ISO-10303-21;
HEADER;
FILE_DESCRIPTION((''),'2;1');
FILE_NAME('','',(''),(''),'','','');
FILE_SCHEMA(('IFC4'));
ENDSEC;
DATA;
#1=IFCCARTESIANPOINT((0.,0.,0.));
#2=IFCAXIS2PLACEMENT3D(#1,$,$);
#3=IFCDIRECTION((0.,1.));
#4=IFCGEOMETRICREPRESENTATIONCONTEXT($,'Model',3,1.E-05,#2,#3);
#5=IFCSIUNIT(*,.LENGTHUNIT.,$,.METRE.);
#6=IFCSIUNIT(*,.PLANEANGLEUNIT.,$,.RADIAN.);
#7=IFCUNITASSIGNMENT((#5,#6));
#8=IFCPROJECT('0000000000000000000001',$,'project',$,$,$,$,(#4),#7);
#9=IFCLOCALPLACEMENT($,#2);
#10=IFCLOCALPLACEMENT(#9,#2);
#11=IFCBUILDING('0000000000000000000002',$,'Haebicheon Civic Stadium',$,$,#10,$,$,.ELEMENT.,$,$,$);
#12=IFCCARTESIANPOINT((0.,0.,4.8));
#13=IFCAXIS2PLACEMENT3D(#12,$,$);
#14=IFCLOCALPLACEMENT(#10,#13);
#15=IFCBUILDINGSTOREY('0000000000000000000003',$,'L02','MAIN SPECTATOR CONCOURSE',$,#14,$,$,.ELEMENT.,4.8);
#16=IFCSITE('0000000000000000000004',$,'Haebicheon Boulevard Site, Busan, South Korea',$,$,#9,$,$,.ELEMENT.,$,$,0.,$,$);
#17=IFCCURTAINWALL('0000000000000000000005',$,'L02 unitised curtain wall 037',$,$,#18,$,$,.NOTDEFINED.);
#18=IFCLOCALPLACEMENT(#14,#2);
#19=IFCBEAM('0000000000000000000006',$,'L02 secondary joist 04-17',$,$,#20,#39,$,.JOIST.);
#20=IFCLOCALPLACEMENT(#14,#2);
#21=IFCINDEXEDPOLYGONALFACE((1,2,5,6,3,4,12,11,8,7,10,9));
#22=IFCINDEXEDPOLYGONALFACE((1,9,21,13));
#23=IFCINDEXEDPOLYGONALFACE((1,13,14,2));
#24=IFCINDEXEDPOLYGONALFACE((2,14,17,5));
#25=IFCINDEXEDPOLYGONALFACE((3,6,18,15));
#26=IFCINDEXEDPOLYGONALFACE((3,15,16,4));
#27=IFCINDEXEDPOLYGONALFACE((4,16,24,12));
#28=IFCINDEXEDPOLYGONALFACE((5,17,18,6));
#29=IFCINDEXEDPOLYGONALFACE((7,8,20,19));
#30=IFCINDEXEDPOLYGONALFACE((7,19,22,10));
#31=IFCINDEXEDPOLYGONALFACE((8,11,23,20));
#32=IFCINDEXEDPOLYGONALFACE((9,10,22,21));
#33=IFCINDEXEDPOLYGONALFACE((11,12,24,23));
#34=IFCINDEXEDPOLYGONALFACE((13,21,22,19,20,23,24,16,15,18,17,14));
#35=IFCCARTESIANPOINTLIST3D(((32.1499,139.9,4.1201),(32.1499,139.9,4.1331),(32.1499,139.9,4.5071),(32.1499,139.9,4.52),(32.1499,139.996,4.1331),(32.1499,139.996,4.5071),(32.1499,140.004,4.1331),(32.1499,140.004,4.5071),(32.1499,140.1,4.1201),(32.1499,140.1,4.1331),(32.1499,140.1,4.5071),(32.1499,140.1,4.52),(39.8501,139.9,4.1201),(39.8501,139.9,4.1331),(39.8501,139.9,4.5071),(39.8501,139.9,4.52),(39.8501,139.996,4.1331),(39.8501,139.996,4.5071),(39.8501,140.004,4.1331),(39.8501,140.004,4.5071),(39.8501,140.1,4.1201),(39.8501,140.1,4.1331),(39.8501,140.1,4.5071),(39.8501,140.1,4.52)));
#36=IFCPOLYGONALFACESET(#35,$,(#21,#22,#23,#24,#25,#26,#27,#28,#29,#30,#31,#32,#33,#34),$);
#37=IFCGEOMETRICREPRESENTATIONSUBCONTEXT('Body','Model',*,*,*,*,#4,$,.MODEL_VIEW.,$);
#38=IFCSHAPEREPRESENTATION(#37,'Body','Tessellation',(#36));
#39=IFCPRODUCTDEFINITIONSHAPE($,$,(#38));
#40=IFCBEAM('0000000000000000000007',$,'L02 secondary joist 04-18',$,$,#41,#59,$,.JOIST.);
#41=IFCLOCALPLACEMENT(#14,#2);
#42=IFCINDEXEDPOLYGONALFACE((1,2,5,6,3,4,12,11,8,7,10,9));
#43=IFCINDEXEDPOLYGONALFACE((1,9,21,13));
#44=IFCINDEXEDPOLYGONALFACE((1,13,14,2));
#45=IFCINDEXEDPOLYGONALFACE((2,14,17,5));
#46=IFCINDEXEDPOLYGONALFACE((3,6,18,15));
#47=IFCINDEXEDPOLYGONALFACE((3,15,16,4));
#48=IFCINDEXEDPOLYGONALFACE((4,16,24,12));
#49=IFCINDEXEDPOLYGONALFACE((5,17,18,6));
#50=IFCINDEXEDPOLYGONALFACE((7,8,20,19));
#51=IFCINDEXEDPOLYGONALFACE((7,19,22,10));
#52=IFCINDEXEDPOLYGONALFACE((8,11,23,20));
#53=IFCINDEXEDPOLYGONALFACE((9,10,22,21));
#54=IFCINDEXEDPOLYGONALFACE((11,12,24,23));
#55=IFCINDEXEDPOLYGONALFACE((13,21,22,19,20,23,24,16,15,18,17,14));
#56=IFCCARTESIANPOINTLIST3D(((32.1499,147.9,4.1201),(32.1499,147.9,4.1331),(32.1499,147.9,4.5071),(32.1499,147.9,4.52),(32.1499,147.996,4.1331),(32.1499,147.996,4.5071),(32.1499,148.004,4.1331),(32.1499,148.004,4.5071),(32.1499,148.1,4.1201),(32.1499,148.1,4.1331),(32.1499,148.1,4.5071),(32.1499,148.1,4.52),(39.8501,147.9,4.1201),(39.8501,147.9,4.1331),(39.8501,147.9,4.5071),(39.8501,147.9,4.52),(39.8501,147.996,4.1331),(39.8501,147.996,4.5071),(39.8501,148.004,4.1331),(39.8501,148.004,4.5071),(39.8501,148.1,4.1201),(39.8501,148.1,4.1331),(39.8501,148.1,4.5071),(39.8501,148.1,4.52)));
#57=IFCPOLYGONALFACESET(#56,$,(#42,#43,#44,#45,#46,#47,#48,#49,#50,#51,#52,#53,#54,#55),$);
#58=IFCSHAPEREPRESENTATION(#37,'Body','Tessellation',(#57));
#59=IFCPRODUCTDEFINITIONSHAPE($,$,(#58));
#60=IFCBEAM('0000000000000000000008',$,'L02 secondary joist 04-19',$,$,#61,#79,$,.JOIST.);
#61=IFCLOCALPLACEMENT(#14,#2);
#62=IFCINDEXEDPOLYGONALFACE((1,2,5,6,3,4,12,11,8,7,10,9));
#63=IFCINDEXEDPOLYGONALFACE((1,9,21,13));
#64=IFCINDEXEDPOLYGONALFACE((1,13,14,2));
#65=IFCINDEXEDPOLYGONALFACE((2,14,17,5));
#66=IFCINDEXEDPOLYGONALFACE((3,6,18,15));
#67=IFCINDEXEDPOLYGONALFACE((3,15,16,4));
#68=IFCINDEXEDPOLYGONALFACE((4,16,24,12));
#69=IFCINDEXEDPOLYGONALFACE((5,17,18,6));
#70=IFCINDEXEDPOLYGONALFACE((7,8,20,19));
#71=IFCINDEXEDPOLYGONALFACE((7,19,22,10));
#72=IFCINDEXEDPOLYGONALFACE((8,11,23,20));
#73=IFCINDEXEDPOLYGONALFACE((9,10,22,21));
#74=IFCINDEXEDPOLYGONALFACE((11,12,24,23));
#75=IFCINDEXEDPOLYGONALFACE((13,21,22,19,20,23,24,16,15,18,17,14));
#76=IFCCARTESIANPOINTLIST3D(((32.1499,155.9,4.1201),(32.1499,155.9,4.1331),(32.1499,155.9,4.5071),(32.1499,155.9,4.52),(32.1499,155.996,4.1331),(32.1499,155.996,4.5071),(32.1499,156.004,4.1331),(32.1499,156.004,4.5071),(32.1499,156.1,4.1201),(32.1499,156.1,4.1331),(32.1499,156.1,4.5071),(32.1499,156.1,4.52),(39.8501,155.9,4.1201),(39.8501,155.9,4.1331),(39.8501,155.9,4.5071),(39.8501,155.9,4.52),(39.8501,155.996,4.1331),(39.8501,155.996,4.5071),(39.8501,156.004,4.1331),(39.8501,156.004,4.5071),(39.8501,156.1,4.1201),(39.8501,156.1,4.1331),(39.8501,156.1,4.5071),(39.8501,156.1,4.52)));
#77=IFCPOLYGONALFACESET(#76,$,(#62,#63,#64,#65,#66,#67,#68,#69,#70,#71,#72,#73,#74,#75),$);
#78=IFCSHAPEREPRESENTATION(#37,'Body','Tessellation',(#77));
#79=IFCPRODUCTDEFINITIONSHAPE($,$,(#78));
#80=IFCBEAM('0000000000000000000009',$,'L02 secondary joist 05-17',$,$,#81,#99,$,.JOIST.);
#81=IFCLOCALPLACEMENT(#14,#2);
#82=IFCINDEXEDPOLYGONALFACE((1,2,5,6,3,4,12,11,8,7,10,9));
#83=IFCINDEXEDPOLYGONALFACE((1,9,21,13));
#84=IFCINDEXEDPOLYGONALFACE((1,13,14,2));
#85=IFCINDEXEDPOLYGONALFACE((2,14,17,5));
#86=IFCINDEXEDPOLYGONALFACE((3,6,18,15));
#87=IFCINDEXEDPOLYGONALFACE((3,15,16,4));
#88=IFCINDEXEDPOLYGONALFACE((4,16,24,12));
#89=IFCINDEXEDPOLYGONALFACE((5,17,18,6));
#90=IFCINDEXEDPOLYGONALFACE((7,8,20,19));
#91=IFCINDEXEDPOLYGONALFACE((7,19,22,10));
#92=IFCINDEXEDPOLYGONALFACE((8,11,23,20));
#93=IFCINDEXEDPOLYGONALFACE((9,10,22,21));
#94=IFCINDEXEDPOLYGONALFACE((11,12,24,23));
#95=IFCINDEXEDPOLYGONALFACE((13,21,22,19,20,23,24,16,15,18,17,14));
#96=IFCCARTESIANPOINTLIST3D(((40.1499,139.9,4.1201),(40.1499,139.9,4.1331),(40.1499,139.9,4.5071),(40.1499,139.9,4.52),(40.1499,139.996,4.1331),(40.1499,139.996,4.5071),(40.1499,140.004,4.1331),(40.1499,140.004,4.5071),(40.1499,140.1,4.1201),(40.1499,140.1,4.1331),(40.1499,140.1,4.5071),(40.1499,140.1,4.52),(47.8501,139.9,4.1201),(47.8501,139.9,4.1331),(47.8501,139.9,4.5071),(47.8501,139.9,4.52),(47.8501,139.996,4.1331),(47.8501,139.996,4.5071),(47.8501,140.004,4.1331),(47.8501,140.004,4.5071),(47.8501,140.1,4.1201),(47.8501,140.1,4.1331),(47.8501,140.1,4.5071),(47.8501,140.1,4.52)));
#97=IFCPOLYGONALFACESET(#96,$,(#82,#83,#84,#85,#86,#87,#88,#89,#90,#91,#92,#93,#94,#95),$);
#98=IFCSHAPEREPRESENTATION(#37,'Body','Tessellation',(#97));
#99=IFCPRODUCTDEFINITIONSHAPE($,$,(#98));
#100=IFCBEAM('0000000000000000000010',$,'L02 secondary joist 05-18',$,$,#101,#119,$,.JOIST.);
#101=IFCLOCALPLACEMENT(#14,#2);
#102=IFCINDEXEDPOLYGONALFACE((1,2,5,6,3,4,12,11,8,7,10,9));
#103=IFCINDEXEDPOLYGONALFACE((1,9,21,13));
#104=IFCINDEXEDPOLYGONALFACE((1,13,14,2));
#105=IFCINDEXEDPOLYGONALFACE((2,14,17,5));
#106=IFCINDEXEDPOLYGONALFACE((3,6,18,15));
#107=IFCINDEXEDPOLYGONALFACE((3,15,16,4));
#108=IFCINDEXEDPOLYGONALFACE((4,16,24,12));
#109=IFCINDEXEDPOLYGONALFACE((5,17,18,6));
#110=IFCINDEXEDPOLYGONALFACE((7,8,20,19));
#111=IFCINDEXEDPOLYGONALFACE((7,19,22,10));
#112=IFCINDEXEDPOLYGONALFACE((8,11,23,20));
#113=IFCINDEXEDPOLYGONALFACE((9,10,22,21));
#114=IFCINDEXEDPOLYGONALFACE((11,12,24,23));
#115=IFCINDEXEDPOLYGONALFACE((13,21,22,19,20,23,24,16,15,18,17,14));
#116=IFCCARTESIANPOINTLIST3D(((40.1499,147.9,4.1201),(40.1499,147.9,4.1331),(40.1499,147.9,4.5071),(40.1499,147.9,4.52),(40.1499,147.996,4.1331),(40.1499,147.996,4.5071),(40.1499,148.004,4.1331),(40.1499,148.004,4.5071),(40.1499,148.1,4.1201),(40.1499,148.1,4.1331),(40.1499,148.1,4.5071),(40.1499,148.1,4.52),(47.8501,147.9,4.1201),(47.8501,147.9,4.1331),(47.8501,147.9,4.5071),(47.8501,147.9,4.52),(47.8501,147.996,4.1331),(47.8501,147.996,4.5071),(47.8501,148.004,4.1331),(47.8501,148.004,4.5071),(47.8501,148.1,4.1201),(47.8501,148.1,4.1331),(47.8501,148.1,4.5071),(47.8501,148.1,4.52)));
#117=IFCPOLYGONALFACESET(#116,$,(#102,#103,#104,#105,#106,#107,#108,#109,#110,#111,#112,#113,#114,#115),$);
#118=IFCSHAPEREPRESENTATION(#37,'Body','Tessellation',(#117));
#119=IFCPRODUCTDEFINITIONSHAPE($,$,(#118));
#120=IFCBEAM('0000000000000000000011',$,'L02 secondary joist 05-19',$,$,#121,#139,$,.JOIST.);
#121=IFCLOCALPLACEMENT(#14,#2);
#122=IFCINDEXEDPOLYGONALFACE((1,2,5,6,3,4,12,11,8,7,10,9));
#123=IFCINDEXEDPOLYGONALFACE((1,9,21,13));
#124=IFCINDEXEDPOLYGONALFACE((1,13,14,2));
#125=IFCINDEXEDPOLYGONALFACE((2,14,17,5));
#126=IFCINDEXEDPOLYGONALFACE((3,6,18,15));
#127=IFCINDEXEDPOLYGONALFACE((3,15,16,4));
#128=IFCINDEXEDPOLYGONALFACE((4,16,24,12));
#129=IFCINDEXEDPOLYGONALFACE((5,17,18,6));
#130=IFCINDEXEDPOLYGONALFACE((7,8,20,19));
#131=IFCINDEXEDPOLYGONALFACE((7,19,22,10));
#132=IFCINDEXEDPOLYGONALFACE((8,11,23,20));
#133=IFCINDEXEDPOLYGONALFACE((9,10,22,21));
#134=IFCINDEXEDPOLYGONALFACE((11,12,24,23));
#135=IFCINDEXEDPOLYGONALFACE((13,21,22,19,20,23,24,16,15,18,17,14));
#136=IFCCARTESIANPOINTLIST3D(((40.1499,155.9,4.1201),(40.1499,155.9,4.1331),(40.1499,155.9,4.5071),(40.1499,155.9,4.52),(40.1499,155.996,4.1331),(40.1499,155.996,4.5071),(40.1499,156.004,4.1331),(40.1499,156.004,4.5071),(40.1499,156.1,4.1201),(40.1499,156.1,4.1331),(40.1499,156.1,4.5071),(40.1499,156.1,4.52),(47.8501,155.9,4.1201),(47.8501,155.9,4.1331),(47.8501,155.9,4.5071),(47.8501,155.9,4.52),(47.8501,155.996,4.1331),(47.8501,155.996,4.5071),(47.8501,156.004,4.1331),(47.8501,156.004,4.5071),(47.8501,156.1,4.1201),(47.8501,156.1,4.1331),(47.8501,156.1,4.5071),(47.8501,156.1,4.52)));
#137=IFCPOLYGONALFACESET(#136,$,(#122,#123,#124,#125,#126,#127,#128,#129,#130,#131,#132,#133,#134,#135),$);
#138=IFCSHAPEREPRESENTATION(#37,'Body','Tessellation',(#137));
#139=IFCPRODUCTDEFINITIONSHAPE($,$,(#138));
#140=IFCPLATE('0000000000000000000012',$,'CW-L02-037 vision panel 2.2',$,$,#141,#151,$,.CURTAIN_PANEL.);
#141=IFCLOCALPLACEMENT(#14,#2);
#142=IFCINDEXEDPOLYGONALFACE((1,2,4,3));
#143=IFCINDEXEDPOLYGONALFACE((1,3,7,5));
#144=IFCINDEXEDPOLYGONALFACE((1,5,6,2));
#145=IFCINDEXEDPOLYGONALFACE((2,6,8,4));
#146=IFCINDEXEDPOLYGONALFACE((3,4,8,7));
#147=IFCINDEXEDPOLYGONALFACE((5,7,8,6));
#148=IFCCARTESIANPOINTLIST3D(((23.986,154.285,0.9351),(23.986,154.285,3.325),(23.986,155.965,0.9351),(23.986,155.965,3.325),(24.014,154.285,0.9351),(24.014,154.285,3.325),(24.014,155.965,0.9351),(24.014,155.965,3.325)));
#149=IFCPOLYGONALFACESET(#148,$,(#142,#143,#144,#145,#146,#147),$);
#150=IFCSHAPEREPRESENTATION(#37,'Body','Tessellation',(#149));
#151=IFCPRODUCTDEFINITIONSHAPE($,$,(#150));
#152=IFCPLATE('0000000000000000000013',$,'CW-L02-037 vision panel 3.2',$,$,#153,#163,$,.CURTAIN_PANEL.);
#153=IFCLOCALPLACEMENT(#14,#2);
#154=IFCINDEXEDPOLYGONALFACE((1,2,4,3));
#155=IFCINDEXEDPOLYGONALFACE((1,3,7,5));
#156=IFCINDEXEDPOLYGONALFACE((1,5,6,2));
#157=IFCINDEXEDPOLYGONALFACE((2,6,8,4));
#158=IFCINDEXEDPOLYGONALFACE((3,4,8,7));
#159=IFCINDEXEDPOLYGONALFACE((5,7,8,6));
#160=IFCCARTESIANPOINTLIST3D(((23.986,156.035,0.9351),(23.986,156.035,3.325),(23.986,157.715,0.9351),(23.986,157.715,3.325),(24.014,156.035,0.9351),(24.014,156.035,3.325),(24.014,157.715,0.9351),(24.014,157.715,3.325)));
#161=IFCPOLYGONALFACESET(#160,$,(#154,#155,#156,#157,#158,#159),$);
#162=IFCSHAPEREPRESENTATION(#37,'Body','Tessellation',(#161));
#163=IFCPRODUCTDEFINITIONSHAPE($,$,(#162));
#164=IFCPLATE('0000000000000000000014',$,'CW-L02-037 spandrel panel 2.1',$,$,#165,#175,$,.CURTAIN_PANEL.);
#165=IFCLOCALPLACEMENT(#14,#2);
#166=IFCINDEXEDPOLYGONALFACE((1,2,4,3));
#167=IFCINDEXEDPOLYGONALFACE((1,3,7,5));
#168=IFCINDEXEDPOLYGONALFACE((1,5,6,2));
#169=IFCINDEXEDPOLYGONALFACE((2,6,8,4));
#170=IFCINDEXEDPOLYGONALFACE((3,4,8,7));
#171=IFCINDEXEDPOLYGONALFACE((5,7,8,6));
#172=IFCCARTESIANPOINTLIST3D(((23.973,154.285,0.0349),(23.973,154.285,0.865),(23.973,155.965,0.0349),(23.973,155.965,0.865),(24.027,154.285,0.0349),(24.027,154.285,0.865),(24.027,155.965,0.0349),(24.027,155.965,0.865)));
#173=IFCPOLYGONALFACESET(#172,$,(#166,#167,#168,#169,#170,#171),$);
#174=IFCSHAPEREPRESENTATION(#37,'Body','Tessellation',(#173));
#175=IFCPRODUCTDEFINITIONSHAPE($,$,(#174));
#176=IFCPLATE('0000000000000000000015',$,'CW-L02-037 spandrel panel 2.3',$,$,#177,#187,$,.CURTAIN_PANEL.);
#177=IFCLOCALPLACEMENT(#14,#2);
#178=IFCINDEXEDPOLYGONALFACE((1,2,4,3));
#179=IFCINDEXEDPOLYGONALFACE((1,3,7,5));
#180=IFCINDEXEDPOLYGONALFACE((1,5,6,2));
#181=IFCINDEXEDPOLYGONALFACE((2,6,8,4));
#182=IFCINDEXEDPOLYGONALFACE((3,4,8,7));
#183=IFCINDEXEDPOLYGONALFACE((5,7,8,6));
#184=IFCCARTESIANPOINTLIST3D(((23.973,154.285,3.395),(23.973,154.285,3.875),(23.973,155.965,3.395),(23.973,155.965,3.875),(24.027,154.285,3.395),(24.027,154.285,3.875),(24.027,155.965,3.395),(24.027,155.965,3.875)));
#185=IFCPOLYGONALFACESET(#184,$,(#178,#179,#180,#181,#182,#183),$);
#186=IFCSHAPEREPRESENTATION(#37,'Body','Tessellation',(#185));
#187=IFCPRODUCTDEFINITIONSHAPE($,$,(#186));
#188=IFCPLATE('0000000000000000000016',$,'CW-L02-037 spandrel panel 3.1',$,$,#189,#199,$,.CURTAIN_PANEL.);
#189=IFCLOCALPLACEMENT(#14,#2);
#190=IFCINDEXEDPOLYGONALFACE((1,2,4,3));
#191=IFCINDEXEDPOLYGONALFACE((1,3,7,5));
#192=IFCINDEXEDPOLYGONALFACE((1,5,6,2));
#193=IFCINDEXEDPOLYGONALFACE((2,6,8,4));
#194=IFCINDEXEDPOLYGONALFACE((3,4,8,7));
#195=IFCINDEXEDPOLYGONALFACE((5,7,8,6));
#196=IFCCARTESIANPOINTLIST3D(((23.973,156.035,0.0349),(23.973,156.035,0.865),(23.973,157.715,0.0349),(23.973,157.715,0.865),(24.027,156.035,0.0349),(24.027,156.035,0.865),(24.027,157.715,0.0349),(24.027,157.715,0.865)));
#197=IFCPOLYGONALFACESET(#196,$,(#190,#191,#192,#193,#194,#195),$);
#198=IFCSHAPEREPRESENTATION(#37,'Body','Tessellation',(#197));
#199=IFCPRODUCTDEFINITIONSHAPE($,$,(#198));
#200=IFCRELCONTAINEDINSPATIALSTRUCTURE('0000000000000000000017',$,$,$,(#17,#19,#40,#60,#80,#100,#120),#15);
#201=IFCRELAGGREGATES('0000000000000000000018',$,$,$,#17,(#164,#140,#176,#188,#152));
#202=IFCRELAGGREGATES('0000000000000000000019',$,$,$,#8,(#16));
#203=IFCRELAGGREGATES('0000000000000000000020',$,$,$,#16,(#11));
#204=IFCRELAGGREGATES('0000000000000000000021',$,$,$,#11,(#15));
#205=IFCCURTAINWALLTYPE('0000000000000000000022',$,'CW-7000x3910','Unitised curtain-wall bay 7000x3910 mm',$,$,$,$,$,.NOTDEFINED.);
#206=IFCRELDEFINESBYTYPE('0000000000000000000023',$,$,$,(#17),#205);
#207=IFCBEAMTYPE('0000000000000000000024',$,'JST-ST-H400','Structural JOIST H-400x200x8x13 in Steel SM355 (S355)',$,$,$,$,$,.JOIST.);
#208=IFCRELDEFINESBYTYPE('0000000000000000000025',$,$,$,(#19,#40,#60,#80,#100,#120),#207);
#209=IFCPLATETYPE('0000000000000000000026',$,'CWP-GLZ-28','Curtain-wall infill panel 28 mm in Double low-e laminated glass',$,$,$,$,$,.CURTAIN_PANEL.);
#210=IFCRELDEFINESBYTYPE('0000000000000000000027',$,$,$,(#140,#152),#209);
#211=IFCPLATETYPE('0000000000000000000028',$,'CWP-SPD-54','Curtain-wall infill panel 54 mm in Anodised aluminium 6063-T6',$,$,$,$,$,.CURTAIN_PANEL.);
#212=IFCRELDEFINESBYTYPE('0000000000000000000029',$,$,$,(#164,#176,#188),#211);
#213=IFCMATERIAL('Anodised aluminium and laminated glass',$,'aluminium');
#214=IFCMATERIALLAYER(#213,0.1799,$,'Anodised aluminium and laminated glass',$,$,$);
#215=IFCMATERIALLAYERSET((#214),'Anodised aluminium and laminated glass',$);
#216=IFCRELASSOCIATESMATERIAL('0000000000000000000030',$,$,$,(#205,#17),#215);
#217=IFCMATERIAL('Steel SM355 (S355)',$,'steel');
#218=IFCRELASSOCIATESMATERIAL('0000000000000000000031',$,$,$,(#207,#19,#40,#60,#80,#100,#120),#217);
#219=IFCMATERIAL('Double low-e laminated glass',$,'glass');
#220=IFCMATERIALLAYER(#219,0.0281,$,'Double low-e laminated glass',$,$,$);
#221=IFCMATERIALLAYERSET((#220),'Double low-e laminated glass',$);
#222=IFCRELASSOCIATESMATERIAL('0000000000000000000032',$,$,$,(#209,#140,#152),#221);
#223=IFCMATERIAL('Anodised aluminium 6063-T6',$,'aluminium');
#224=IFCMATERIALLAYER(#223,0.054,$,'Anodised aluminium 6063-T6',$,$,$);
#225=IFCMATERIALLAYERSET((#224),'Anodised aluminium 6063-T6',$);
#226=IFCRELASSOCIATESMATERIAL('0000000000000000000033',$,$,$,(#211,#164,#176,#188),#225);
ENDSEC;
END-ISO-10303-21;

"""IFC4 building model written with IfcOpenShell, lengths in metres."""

from ifc_helpers import new_model, si_unit, direction, frame, origin, origin_2d, place, context, subcontext, project, spatial, rectangle, i_section, extrude, material, layer, layer_set, material_profile, profile_set, type_object, element, aggregate, save


model = new_model("IFC4")

# Units and contexts
model_context = context("Model", 3, precision=1e-05, world=origin(), true_north=direction((0.0, 1.0)))
body_context = subcontext(model_context, "Body", "Model", "MODEL_VIEW")
ifc_project = project(units=[si_unit("LENGTHUNIT", "METRE"), si_unit("PLANEANGLEUNIT", "RADIAN")], contexts=[model_context])

# Site, building, storey
site_placement = place(None, origin())
site = spatial("IfcSite", under=ifc_project, at=site_placement, Name="Haebicheon Boulevard Site, Busan, South Korea", CompositionType="ELEMENT", RefElevation=0.0)
building_placement = place(site_placement, origin())
building = spatial("IfcBuilding", under=site, at=building_placement, Name="Haebicheon Civic Stadium", CompositionType="ELEMENT")
storey_placement = place(building_placement, frame((0.0, 0.0, 4.8)))
storey = spatial("IfcBuildingStorey", under=building, at=storey_placement, Name="L02", Description="MAIN SPECTATOR CONCOURSE", CompositionType="ELEMENT", Elevation=4.8)

# Curtain wall
ifc_material_1 = material(Name="Anodised aluminium and laminated glass", Category="aluminium")
ifc_layer_1 = layer(ifc_material_1, 0.1799, Name="Anodised aluminium and laminated glass")
ifc_layer_set_1 = layer_set([ifc_layer_1], Name="Anodised aluminium and laminated glass")
curtain_wall_type = type_object("IfcCurtainWallType", Name="CW-7000x3910", Description="Unitised curtain-wall bay 7000x3910 mm", PredefinedType="NOTDEFINED", material=ifc_layer_set_1)
curtain_wall_placement = place(storey_placement, origin())
curtain_wall = element("IfcCurtainWall", 1, at=curtain_wall_placement, inside=storey, type_object=curtain_wall_type, material=ifc_layer_set_1, Name="L02 unitised curtain wall 037", PredefinedType="NOTDEFINED")

# Beams
ifc_material_2 = material(Name="Steel SM355 (S355)", Category="steel")
ifc_material_profile_1 = material_profile(ifc_material_2, i_section(OverallWidth=0.2, OverallDepth=0.3999, WebThickness=0.0081, FlangeThickness=0.0129, at=origin_2d()), Name="H-400x200x8x13")
ifc_profile_set_1 = profile_set([ifc_material_profile_1], Name="Steel SM355 (S355)")
beam_type_1 = type_object("IfcBeamType", Name="JST-ST-H400", Description="Structural JOIST H-400x200x8x13 in Steel SM355 (S355)", PredefinedType="JOIST", material=ifc_profile_set_1)
for number, where, z_axis, x_axis, name in (
    (2, (32.1499, 140.0, 4.3201), (1.0, 0.0, 0.0), (0.0, 1.0, 0.0), "L02 secondary joist 04-17"),
    (3, (32.1499, 148.0, 4.3201), (1.0, 0.0, 0.0), (0.0, 1.0, 0.0), "L02 secondary joist 04-18"),
    (4, (32.1499, 156.0, 4.3201), (1.0, 0.0, 0.0), (0.0, 1.0, 0.0), "L02 secondary joist 04-19"),
    (5, (40.1499, 140.0, 4.3201), (1.0, 0.0, 0.0), (0.0, 1.0, 0.0), "L02 secondary joist 05-17"),
    (6, (40.1499, 148.0, 4.3201), (1.0, 0.0, 0.0), (0.0, 1.0, 0.0), "L02 secondary joist 05-18"),
    (7, (40.1499, 156.0, 4.3201), (1.0, 0.0, 0.0), (0.0, 1.0, 0.0), "L02 secondary joist 05-19"),
):
    element("IfcBeam", number, at=place(storey_placement, frame(where, z_axis=z_axis, x_axis=x_axis)), inside=storey, type_object=beam_type_1, material=ifc_profile_set_1, Name=name, PredefinedType="JOIST", context=body_context, shape_type="SweptSolid", body=[
        extrude(i_section(OverallWidth=0.2, OverallDepth=0.3999, WebThickness=0.0081, FlangeThickness=0.0129, at=origin_2d()), origin(), (0.0, 0.0, 1.0), 7.7002),
    ])

# Plates
ifc_material_3 = material(Name="Double low-e laminated glass", Category="glass")
ifc_layer_2 = layer(ifc_material_3, 0.0281, Name="Double low-e laminated glass")
ifc_layer_set_2 = layer_set([ifc_layer_2], Name="Double low-e laminated glass")
plate_type_1 = type_object("IfcPlateType", Name="CWP-GLZ-28", Description="Curtain-wall infill panel 28 mm in Double low-e laminated glass", PredefinedType="CURTAIN_PANEL", material=ifc_layer_set_2)
plate_1_placement = place(storey_placement, frame((24.0, 155.125, 0.9351), z_axis=(0.0, 0.0, 1.0), x_axis=(0.0, 1.0, 0.0)))
plate_1 = element("IfcPlate", 8, at=plate_1_placement, type_object=plate_type_1, material=ifc_layer_set_2, Name="CW-L02-037 vision panel 2.2", PredefinedType="CURTAIN_PANEL", context=body_context, shape_type="SweptSolid", body=[
    extrude(rectangle(XDim=1.6799, YDim=0.0281, at=origin_2d()), origin(), (0.0, 0.0, 1.0), 2.3899),
])
plate_2_placement = place(storey_placement, frame((24.0, 156.875, 0.9351), z_axis=(0.0, 0.0, 1.0), x_axis=(0.0, 1.0, 0.0)))
plate_2 = element("IfcPlate", 9, at=plate_2_placement, type_object=plate_type_1, material=ifc_layer_set_2, Name="CW-L02-037 vision panel 3.2", PredefinedType="CURTAIN_PANEL", context=body_context, shape_type="SweptSolid", body=[
    extrude(rectangle(XDim=1.6799, YDim=0.0281, at=origin_2d()), origin(), (0.0, 0.0, 1.0), 2.3899),
])
ifc_material_4 = material(Name="Anodised aluminium 6063-T6", Category="aluminium")
ifc_layer_3 = layer(ifc_material_4, 0.054, Name="Anodised aluminium 6063-T6")
ifc_layer_set_3 = layer_set([ifc_layer_3], Name="Anodised aluminium 6063-T6")
plate_type_2 = type_object("IfcPlateType", Name="CWP-SPD-54", Description="Curtain-wall infill panel 54 mm in Anodised aluminium 6063-T6", PredefinedType="CURTAIN_PANEL", material=ifc_layer_set_3)
plate_3_placement = place(storey_placement, frame((24.0, 155.125, 0.0349), z_axis=(0.0, 0.0, 1.0), x_axis=(0.0, 1.0, 0.0)))
plate_3 = element("IfcPlate", 10, at=plate_3_placement, type_object=plate_type_2, material=ifc_layer_set_3, Name="CW-L02-037 spandrel panel 2.1", PredefinedType="CURTAIN_PANEL", context=body_context, shape_type="SweptSolid", body=[
    extrude(rectangle(XDim=1.6799, YDim=0.054, at=origin_2d()), origin(), (0.0, 0.0, 1.0), 0.8301),
])
plate_4_placement = place(storey_placement, frame((24.0, 155.125, 3.395), z_axis=(0.0, 0.0, 1.0), x_axis=(0.0, 1.0, 0.0)))
plate_4 = element("IfcPlate", 11, at=plate_4_placement, type_object=plate_type_2, material=ifc_layer_set_3, Name="CW-L02-037 spandrel panel 2.3", PredefinedType="CURTAIN_PANEL", context=body_context, shape_type="SweptSolid", body=[
    extrude(rectangle(XDim=1.6799, YDim=0.054, at=origin_2d()), origin(), (0.0, 0.0, 1.0), 0.48),
])
plate_5_placement = place(storey_placement, frame((24.0, 156.875, 0.0349), z_axis=(0.0, 0.0, 1.0), x_axis=(0.0, 1.0, 0.0)))
plate_5 = element("IfcPlate", 12, at=plate_5_placement, type_object=plate_type_2, material=ifc_layer_set_3, Name="CW-L02-037 spandrel panel 3.1", PredefinedType="CURTAIN_PANEL", context=body_context, shape_type="SweptSolid", body=[
    extrude(rectangle(XDim=1.6799, YDim=0.054, at=origin_2d()), origin(), (0.0, 0.0, 1.0), 0.8301),
])
aggregate(curtain_wall, [plate_3, plate_1, plate_4, plate_5, plate_2])

save(model, "model.ifc")
